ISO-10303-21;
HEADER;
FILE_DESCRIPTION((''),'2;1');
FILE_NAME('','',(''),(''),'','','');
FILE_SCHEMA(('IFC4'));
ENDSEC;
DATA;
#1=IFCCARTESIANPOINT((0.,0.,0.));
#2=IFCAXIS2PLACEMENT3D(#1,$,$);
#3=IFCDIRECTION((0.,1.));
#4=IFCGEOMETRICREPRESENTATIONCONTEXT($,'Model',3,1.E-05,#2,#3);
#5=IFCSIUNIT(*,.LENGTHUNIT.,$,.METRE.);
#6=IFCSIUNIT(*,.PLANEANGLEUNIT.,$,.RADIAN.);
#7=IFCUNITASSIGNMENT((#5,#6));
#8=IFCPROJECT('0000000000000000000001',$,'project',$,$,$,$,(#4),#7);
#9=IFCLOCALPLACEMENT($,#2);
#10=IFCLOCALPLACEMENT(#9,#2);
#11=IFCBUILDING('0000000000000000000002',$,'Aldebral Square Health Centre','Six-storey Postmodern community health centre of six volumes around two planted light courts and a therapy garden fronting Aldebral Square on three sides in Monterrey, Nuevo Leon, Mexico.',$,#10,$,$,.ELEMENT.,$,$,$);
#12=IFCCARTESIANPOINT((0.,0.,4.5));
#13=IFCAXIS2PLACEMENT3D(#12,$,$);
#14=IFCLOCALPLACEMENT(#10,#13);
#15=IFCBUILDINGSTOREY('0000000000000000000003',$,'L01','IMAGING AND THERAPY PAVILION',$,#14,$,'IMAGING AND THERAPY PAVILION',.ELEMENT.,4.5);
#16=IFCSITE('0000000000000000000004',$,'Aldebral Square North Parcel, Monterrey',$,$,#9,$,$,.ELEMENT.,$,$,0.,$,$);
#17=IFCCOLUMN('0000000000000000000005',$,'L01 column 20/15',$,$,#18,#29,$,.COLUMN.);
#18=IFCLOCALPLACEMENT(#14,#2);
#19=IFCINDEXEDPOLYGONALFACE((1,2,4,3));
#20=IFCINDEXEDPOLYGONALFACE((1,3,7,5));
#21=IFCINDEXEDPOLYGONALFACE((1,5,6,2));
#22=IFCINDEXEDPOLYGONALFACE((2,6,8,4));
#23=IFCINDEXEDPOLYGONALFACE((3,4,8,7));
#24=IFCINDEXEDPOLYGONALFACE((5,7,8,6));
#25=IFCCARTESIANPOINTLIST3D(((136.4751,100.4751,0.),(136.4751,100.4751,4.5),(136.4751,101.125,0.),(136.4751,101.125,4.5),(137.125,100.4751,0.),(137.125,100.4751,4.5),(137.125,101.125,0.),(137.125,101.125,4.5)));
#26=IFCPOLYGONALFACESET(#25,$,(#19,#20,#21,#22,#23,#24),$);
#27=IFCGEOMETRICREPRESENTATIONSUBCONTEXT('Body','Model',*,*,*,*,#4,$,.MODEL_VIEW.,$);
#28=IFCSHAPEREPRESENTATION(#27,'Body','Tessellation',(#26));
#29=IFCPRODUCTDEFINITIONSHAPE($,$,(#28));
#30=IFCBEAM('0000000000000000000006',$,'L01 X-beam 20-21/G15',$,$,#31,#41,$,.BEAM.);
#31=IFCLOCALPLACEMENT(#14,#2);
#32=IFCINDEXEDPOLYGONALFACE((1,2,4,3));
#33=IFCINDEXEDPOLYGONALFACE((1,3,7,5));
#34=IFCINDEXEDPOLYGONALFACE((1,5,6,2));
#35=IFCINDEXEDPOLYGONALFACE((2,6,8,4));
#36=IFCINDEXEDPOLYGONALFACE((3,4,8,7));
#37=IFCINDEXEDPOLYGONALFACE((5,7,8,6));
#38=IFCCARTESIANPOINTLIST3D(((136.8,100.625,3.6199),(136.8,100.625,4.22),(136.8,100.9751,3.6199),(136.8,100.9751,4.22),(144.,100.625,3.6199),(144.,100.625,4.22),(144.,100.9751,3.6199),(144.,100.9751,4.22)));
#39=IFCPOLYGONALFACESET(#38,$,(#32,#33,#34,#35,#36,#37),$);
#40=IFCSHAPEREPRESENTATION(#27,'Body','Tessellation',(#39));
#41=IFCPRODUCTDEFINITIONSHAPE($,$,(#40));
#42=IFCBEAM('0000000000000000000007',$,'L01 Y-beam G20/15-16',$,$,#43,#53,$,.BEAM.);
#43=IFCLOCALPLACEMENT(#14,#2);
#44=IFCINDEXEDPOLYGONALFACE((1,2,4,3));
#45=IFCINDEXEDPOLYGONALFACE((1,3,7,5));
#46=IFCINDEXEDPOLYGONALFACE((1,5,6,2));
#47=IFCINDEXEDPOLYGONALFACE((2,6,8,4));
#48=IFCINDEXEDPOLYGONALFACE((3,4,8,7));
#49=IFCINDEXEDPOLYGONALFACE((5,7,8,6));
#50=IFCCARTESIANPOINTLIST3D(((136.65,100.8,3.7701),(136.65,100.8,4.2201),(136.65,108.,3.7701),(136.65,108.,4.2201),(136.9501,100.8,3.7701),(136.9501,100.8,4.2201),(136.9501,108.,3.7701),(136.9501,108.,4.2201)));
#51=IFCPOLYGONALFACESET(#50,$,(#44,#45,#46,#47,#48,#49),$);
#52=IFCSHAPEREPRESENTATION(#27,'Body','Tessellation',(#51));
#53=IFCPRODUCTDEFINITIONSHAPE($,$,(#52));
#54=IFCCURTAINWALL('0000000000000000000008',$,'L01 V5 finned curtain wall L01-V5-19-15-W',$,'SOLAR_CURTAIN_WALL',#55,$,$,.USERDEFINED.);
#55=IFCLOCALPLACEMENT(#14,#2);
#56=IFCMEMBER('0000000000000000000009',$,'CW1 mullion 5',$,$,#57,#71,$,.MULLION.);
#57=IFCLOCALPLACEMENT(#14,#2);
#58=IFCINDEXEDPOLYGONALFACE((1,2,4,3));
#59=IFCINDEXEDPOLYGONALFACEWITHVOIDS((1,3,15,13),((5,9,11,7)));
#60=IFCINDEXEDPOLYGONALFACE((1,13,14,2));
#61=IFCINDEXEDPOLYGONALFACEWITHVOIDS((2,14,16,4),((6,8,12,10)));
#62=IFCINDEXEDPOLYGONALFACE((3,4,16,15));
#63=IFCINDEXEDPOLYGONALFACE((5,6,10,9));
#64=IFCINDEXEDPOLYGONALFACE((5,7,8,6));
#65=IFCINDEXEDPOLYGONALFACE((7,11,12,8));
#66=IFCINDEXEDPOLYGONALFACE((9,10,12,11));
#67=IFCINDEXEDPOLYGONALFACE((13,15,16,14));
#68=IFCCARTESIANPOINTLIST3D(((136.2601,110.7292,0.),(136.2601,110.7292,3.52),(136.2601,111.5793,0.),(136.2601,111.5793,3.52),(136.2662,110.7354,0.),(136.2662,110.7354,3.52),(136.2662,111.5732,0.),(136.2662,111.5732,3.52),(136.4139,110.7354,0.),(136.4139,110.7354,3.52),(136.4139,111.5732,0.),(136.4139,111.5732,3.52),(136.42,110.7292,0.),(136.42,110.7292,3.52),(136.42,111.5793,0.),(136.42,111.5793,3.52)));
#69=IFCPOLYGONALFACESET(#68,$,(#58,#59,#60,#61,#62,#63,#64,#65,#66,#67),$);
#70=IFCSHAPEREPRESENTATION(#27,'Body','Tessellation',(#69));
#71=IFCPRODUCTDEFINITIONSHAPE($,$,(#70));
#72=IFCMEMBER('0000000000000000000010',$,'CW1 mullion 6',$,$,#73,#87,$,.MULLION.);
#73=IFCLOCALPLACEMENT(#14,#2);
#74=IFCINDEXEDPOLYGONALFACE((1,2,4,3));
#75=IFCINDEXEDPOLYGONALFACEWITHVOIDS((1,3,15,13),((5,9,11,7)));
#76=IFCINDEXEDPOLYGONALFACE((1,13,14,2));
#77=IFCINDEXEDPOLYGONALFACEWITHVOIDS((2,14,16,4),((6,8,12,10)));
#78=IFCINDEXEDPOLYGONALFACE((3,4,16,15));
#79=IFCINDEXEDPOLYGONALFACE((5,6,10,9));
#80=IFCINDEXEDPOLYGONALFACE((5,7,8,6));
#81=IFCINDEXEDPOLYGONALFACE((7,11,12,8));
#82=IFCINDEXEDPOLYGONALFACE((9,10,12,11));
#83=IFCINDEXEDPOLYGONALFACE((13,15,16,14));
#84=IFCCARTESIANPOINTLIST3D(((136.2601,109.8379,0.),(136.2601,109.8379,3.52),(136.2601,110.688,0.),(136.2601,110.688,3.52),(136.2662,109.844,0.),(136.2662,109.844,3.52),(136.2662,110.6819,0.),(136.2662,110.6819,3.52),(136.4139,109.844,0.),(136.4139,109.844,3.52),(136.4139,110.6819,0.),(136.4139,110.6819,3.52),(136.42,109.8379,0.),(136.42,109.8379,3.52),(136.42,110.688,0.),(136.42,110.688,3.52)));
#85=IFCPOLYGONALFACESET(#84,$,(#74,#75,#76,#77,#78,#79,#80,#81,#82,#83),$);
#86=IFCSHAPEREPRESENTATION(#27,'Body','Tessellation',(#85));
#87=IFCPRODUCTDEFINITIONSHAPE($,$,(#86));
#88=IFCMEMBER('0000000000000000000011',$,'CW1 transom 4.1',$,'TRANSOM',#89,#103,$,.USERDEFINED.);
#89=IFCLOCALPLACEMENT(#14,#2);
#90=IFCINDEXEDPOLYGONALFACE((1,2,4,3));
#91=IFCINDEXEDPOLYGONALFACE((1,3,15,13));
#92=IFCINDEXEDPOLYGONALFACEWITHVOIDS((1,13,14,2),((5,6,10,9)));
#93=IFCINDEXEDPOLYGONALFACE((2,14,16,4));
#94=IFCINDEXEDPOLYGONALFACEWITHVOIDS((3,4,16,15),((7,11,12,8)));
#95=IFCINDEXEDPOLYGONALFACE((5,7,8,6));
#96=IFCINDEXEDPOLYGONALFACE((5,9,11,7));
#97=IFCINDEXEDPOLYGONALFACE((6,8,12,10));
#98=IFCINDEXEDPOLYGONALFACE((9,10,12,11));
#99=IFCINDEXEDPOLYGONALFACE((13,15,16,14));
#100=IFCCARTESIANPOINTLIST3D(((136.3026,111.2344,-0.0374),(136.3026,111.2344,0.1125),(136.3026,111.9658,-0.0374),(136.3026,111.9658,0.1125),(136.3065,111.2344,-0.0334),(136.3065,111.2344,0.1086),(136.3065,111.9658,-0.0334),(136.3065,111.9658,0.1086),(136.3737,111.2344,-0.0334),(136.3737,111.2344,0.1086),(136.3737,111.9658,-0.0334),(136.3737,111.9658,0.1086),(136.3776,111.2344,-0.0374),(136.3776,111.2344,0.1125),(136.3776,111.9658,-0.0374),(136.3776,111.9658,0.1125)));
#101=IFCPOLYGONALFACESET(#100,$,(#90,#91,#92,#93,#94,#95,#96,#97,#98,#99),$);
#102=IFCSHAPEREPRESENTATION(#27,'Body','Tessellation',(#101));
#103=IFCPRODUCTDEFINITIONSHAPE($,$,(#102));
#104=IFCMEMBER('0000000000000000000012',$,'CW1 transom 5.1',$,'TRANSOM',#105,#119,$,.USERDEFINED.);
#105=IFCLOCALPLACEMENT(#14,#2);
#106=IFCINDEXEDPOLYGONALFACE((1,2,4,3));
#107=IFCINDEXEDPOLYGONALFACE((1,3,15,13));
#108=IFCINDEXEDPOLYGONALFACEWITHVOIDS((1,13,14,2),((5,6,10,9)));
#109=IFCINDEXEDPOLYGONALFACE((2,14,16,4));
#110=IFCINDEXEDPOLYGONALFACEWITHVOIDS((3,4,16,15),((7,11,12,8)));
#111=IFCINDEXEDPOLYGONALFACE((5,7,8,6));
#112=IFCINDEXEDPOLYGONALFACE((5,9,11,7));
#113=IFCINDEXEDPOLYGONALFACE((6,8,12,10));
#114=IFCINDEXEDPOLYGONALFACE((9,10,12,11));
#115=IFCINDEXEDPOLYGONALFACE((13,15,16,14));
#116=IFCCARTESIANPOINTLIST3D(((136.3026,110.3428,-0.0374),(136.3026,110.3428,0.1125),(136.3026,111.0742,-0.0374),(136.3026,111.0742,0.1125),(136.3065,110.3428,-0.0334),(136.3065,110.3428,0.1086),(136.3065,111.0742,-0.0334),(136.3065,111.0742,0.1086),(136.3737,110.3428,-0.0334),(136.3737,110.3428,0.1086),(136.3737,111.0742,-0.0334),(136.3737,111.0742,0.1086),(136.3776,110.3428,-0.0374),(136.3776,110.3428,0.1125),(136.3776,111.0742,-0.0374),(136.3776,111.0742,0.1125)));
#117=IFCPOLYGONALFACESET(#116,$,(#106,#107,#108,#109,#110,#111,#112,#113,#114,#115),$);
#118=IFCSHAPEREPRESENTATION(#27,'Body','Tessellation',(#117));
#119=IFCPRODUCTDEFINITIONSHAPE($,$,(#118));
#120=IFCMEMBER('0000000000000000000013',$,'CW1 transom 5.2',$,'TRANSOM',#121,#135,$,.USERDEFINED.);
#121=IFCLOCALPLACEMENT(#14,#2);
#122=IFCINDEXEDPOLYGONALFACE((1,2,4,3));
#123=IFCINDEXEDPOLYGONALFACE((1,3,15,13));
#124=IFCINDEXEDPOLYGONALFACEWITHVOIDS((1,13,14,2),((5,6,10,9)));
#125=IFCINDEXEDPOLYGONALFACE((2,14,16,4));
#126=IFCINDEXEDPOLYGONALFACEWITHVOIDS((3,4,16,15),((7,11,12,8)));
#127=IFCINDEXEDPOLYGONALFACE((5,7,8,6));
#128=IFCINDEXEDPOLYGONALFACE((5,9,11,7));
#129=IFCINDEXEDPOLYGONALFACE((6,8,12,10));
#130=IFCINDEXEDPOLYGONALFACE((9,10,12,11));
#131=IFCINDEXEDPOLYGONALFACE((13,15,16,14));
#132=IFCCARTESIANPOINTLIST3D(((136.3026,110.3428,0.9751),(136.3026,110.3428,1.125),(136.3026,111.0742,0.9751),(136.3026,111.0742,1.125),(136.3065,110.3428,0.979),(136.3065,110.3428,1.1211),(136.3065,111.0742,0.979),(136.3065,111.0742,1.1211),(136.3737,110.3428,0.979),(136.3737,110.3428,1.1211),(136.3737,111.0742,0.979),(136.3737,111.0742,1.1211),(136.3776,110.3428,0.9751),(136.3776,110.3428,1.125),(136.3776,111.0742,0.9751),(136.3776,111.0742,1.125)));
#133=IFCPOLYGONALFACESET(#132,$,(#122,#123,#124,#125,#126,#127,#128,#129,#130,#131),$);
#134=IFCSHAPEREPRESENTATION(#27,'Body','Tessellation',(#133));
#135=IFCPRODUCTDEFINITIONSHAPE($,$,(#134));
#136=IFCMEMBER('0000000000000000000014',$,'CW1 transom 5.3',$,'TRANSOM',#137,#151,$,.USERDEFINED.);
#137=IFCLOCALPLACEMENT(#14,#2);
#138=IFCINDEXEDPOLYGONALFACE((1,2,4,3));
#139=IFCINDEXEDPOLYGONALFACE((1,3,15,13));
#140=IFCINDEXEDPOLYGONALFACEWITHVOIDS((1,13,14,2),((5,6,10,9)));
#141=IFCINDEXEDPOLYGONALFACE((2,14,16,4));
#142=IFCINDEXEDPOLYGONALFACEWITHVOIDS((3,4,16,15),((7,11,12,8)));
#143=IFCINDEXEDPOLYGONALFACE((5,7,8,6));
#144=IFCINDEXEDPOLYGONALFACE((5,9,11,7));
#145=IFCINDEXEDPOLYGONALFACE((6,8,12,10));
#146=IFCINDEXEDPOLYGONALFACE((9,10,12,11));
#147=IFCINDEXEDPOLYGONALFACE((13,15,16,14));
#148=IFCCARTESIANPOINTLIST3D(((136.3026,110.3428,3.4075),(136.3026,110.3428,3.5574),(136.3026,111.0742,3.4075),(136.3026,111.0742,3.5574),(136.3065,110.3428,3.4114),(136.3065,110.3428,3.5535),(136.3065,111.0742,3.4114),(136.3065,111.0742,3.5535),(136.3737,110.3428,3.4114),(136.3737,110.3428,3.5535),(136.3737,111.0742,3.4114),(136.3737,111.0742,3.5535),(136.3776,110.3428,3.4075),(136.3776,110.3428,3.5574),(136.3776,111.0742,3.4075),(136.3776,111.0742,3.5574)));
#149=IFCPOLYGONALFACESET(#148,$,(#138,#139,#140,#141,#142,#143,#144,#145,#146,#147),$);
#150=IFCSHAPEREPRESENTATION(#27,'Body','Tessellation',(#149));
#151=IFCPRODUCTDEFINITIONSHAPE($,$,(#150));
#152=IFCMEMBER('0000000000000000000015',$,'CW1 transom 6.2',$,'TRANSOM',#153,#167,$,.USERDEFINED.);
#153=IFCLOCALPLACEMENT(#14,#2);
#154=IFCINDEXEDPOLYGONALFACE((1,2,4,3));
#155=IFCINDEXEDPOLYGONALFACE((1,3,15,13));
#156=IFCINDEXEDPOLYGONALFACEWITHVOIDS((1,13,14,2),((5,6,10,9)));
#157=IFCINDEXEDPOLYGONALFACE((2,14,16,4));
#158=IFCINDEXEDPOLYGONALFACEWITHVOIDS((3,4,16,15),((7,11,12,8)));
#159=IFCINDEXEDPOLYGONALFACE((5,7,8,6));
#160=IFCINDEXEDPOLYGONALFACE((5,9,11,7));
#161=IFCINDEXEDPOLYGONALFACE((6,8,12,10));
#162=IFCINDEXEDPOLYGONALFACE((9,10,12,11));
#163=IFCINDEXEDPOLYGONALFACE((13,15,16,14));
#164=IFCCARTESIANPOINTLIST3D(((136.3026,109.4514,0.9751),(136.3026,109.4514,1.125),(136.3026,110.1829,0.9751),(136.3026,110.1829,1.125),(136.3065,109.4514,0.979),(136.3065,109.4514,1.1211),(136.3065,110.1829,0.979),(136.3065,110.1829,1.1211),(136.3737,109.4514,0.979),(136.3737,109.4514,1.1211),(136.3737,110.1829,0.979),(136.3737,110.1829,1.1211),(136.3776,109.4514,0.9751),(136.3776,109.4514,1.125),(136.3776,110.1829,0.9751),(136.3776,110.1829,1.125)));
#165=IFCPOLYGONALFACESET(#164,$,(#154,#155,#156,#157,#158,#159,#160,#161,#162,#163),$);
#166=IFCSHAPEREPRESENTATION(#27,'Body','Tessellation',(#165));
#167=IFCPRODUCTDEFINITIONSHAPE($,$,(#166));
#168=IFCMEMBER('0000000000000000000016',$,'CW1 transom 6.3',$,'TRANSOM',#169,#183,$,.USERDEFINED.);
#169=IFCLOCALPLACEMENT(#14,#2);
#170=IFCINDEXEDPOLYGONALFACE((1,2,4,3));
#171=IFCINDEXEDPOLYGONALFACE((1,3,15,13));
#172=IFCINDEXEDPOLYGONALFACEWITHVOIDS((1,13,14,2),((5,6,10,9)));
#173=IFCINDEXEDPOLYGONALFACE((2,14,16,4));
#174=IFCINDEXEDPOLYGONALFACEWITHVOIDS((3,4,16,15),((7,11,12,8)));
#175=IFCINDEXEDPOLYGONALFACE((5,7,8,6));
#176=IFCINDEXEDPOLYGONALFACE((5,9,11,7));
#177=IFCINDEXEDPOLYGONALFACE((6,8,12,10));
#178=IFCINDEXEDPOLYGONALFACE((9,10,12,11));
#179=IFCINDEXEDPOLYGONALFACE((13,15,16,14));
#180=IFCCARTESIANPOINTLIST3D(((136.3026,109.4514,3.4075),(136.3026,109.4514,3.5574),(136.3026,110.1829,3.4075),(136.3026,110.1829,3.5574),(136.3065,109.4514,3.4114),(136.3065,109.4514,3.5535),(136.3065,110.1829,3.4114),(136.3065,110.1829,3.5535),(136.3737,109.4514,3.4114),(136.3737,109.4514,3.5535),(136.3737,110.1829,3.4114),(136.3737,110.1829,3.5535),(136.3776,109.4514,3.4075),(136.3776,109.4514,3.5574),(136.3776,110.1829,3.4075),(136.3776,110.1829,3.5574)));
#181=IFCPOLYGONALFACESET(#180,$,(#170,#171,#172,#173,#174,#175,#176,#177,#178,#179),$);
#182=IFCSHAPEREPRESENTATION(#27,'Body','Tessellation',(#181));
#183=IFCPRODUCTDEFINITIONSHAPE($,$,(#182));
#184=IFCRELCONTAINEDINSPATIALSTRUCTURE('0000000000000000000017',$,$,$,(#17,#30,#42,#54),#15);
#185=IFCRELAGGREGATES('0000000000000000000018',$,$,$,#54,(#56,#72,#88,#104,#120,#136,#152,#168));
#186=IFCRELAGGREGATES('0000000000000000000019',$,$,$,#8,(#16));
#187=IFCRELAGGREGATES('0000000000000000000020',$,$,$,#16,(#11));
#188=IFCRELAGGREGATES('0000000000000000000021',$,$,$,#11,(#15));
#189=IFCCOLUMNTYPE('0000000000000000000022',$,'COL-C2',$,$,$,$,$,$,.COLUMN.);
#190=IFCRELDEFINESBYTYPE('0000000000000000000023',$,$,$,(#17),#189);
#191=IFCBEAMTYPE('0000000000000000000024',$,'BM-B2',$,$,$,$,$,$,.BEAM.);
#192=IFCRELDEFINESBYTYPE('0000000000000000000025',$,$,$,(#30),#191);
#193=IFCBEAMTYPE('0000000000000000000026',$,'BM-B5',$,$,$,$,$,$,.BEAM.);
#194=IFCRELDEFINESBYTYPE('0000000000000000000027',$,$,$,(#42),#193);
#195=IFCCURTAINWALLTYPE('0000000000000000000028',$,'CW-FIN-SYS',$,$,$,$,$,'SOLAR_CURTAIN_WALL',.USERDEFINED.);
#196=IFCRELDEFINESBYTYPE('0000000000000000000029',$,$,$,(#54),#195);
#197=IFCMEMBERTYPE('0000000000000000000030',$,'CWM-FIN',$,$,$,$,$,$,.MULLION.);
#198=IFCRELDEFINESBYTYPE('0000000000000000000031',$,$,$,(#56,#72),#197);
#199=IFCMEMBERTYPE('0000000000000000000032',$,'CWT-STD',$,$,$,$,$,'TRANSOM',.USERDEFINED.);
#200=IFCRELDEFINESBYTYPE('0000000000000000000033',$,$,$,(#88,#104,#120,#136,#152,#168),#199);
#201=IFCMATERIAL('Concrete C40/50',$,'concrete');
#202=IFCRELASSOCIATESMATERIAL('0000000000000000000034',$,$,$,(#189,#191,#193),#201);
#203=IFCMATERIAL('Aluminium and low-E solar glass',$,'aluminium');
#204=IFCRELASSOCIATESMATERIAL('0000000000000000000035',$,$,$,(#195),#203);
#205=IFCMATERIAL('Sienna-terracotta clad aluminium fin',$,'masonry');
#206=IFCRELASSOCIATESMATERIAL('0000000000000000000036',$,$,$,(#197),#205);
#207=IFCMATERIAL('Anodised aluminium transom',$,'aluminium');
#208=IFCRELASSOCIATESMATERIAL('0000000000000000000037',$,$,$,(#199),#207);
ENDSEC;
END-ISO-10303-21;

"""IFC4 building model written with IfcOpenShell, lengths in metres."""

from ifc_helpers import new_model, si_unit, direction, frame, origin, origin_2d, place, context, subcontext, project, spatial, rectangle, hollow_rectangle, extrude, material, material_profile, profile_set, type_object, element, aggregate, save


model = new_model("IFC4")

# Units and contexts
model_context = context("Model", 3, precision=1e-05, world=origin(), true_north=direction((0.0, 1.0)))
body_context = subcontext(model_context, "Body", "Model", "MODEL_VIEW")
ifc_project = project(units=[si_unit("LENGTHUNIT", "METRE"), si_unit("PLANEANGLEUNIT", "RADIAN")], contexts=[model_context])

# Site, building, storey
site_placement = place(None, origin())
site = spatial("IfcSite", under=ifc_project, at=site_placement, Name="Aldebral Square North Parcel, Monterrey", CompositionType="ELEMENT", RefElevation=0.0)
building_placement = place(site_placement, origin())
building = spatial("IfcBuilding", under=site, at=building_placement, Name="Aldebral Square Health Centre", Description="Six-storey Postmodern community health centre of six volumes around two planted light courts and a therapy garden fronting Aldebral Square on three sides in Monterrey, Nuevo Leon, Mexico.", CompositionType="ELEMENT")
storey_placement = place(building_placement, frame((0.0, 0.0, 4.5)))
storey = spatial("IfcBuildingStorey", under=building, at=storey_placement, Name="L01", Description="IMAGING AND THERAPY PAVILION", LongName="IMAGING AND THERAPY PAVILION", CompositionType="ELEMENT", Elevation=4.5)

# Column
ifc_material_1 = material(Name="Concrete C40/50", Category="concrete")
ifc_material_profile_1 = material_profile(ifc_material_1, rectangle(XDim=0.6499, YDim=0.6499, at=origin_2d()), Name="RC 650x650")
ifc_profile_set_1 = profile_set([ifc_material_profile_1], Name="Concrete C40/50")
column_type = type_object("IfcColumnType", Name="COL-C2", PredefinedType="COLUMN", material=ifc_profile_set_1)
column_placement = place(storey_placement, frame((136.8, 100.8, 0.0), z_axis=(0.0, 0.0, 1.0), x_axis=(1.0, 0.0, 0.0)))
element("IfcColumn", 1, at=column_placement, inside=storey, type_object=column_type, Name="L01 column 20/15", PredefinedType="COLUMN", context=body_context, shape_type="SweptSolid", body=[
    extrude(rectangle(XDim=0.6499, YDim=0.6499, at=origin_2d()), origin(), (0.0, 0.0, 1.0), 4.5),
])

# Beams
ifc_material_profile_2 = material_profile(ifc_material_1, rectangle(XDim=0.3501, YDim=0.6001, at=origin_2d()), Name="RC 350x600")
ifc_profile_set_2 = profile_set([ifc_material_profile_2], Name="Concrete C40/50")
beam_type_1 = type_object("IfcBeamType", Name="BM-B2", PredefinedType="BEAM", material=ifc_profile_set_2)
beam_1_placement = place(storey_placement, frame((136.8, 100.8, 3.9199), z_axis=(1.0, 0.0, 0.0), x_axis=(0.0, 1.0, 0.0)))
element("IfcBeam", 2, at=beam_1_placement, inside=storey, type_object=beam_type_1, Name="L01 X-beam 20-21/G15", PredefinedType="BEAM", context=body_context, shape_type="SweptSolid", body=[
    extrude(rectangle(XDim=0.3501, YDim=0.6001, at=origin_2d()), origin(), (0.0, 0.0, 1.0), 7.2),
])
ifc_material_profile_3 = material_profile(ifc_material_1, rectangle(XDim=0.3, YDim=0.45, at=origin_2d()), Name="RC 300x450")
ifc_profile_set_3 = profile_set([ifc_material_profile_3], Name="Concrete C40/50")
beam_type_2 = type_object("IfcBeamType", Name="BM-B5", PredefinedType="BEAM", material=ifc_profile_set_3)
beam_2_placement = place(storey_placement, frame((136.8, 100.8, 3.9951), z_axis=(0.0, 1.0, 0.0), x_axis=(-1.0, 0.0, 0.0)))
element("IfcBeam", 3, at=beam_2_placement, inside=storey, type_object=beam_type_2, Name="L01 Y-beam G20/15-16", PredefinedType="BEAM", context=body_context, shape_type="SweptSolid", body=[
    extrude(rectangle(XDim=0.3, YDim=0.45, at=origin_2d()), origin(), (0.0, 0.0, 1.0), 7.2),
])

# Curtain wall, members
ifc_material_2 = material(Name="Aluminium and low-E solar glass", Category="aluminium")
curtain_wall_type = type_object("IfcCurtainWallType", Name="CW-FIN-SYS", ElementType="SOLAR_CURTAIN_WALL", PredefinedType="USERDEFINED", material=ifc_material_2)
curtain_wall_placement = place(storey_placement, origin())
curtain_wall = element("IfcCurtainWall", 4, at=curtain_wall_placement, inside=storey, type_object=curtain_wall_type, Name="L01 V5 finned curtain wall L01-V5-19-15-W", ObjectType="SOLAR_CURTAIN_WALL", PredefinedType="USERDEFINED")
ifc_material_3 = material(Name="Sienna-terracotta clad aluminium fin", Category="masonry")
ifc_material_profile_4 = material_profile(ifc_material_3, hollow_rectangle(XDim=0.1599, YDim=0.8501, WallThickness=0.0061, at=origin_2d()), Name="FIN 160x850x6")
ifc_profile_set_4 = profile_set([ifc_material_profile_4], Name="Sienna-terracotta clad aluminium fin")
member_type_1 = type_object("IfcMemberType", Name="CWM-FIN", PredefinedType="MULLION", material=ifc_profile_set_4)
member_1_placement = place(storey_placement, frame((136.3401, 111.1543, 0.0), z_axis=(0.0, 0.0, 1.0), x_axis=(1.0, 0.0, 0.0)))
member_1 = element("IfcMember", 5, at=member_1_placement, type_object=member_type_1, Name="CW1 mullion 5", PredefinedType="MULLION", context=body_context, shape_type="SweptSolid", body=[
    extrude(hollow_rectangle(XDim=0.1599, YDim=0.8501, WallThickness=0.0061, at=origin_2d()), origin(), (0.0, 0.0, 1.0), 3.52),
])
member_2_placement = place(storey_placement, frame((136.3401, 110.2629, 0.0), z_axis=(0.0, 0.0, 1.0), x_axis=(1.0, 0.0, 0.0)))
member_2 = element("IfcMember", 6, at=member_2_placement, type_object=member_type_1, Name="CW1 mullion 6", PredefinedType="MULLION", context=body_context, shape_type="SweptSolid", body=[
    extrude(hollow_rectangle(XDim=0.1599, YDim=0.8501, WallThickness=0.0061, at=origin_2d()), origin(), (0.0, 0.0, 1.0), 3.52),
])
ifc_material_4 = material(Name="Anodised aluminium transom", Category="aluminium")
ifc_material_profile_5 = material_profile(ifc_material_4, hollow_rectangle(XDim=0.075, YDim=0.1499, WallThickness=0.0039, at=origin_2d()), Name="CWT 75x150x4")
ifc_profile_set_5 = profile_set([ifc_material_profile_5], Name="Anodised aluminium transom")
member_type_2 = type_object("IfcMemberType", Name="CWT-STD", ElementType="TRANSOM", PredefinedType="USERDEFINED", material=ifc_profile_set_5)
member_3_placement = place(storey_placement, frame((136.3401, 111.9658, 0.0376), z_axis=(0.0, -1.0, 0.0), x_axis=(1.0, 0.0, 0.0)))
member_3 = element("IfcMember", 7, at=member_3_placement, type_object=member_type_2, Name="CW1 transom 4.1", ObjectType="TRANSOM", PredefinedType="USERDEFINED", context=body_context, shape_type="SweptSolid", body=[
    extrude(hollow_rectangle(XDim=0.075, YDim=0.1499, WallThickness=0.0039, at=origin_2d()), origin(), (0.0, 0.0, 1.0), 0.7314),
])
member_4_placement = place(storey_placement, frame((136.3401, 111.0742, 0.0376), z_axis=(0.0, -1.0, 0.0), x_axis=(1.0, 0.0, 0.0)))
member_4 = element("IfcMember", 8, at=member_4_placement, type_object=member_type_2, Name="CW1 transom 5.1", ObjectType="TRANSOM", PredefinedType="USERDEFINED", context=body_context, shape_type="SweptSolid", body=[
    extrude(hollow_rectangle(XDim=0.075, YDim=0.1499, WallThickness=0.0039, at=origin_2d()), origin(), (0.0, 0.0, 1.0), 0.7314),
])
member_5_placement = place(storey_placement, frame((136.3401, 111.0742, 1.05), z_axis=(0.0, -1.0, 0.0), x_axis=(1.0, 0.0, 0.0)))
member_5 = element("IfcMember", 9, at=member_5_placement, type_object=member_type_2, Name="CW1 transom 5.2", ObjectType="TRANSOM", PredefinedType="USERDEFINED", context=body_context, shape_type="SweptSolid", body=[
    extrude(hollow_rectangle(XDim=0.075, YDim=0.1499, WallThickness=0.0039, at=origin_2d()), origin(), (0.0, 0.0, 1.0), 0.7314),
])
member_6_placement = place(storey_placement, frame((136.3401, 111.0742, 3.4824), z_axis=(0.0, -1.0, 0.0), x_axis=(1.0, 0.0, 0.0)))
member_6 = element("IfcMember", 10, at=member_6_placement, type_object=member_type_2, Name="CW1 transom 5.3", ObjectType="TRANSOM", PredefinedType="USERDEFINED", context=body_context, shape_type="SweptSolid", body=[
    extrude(hollow_rectangle(XDim=0.075, YDim=0.1499, WallThickness=0.0039, at=origin_2d()), origin(), (0.0, 0.0, 1.0), 0.7314),
])
member_7_placement = place(storey_placement, frame((136.3401, 110.1829, 1.05), z_axis=(0.0, -1.0, 0.0), x_axis=(1.0, 0.0, 0.0)))
member_7 = element("IfcMember", 11, at=member_7_placement, type_object=member_type_2, Name="CW1 transom 6.2", ObjectType="TRANSOM", PredefinedType="USERDEFINED", context=body_context, shape_type="SweptSolid", body=[
    extrude(hollow_rectangle(XDim=0.075, YDim=0.1499, WallThickness=0.0039, at=origin_2d()), origin(), (0.0, 0.0, 1.0), 0.7314),
])
member_8_placement = place(storey_placement, frame((136.3401, 110.1829, 3.4824), z_axis=(0.0, -1.0, 0.0), x_axis=(1.0, 0.0, 0.0)))
member_8 = element("IfcMember", 12, at=member_8_placement, type_object=member_type_2, Name="CW1 transom 6.3", ObjectType="TRANSOM", PredefinedType="USERDEFINED", context=body_context, shape_type="SweptSolid", body=[
    extrude(hollow_rectangle(XDim=0.075, YDim=0.1499, WallThickness=0.0039, at=origin_2d()), origin(), (0.0, 0.0, 1.0), 0.7314),
])
aggregate(curtain_wall, [member_1, member_2, member_3, member_4, member_5, member_6, member_7, member_8])

save(model, "model.ifc")
